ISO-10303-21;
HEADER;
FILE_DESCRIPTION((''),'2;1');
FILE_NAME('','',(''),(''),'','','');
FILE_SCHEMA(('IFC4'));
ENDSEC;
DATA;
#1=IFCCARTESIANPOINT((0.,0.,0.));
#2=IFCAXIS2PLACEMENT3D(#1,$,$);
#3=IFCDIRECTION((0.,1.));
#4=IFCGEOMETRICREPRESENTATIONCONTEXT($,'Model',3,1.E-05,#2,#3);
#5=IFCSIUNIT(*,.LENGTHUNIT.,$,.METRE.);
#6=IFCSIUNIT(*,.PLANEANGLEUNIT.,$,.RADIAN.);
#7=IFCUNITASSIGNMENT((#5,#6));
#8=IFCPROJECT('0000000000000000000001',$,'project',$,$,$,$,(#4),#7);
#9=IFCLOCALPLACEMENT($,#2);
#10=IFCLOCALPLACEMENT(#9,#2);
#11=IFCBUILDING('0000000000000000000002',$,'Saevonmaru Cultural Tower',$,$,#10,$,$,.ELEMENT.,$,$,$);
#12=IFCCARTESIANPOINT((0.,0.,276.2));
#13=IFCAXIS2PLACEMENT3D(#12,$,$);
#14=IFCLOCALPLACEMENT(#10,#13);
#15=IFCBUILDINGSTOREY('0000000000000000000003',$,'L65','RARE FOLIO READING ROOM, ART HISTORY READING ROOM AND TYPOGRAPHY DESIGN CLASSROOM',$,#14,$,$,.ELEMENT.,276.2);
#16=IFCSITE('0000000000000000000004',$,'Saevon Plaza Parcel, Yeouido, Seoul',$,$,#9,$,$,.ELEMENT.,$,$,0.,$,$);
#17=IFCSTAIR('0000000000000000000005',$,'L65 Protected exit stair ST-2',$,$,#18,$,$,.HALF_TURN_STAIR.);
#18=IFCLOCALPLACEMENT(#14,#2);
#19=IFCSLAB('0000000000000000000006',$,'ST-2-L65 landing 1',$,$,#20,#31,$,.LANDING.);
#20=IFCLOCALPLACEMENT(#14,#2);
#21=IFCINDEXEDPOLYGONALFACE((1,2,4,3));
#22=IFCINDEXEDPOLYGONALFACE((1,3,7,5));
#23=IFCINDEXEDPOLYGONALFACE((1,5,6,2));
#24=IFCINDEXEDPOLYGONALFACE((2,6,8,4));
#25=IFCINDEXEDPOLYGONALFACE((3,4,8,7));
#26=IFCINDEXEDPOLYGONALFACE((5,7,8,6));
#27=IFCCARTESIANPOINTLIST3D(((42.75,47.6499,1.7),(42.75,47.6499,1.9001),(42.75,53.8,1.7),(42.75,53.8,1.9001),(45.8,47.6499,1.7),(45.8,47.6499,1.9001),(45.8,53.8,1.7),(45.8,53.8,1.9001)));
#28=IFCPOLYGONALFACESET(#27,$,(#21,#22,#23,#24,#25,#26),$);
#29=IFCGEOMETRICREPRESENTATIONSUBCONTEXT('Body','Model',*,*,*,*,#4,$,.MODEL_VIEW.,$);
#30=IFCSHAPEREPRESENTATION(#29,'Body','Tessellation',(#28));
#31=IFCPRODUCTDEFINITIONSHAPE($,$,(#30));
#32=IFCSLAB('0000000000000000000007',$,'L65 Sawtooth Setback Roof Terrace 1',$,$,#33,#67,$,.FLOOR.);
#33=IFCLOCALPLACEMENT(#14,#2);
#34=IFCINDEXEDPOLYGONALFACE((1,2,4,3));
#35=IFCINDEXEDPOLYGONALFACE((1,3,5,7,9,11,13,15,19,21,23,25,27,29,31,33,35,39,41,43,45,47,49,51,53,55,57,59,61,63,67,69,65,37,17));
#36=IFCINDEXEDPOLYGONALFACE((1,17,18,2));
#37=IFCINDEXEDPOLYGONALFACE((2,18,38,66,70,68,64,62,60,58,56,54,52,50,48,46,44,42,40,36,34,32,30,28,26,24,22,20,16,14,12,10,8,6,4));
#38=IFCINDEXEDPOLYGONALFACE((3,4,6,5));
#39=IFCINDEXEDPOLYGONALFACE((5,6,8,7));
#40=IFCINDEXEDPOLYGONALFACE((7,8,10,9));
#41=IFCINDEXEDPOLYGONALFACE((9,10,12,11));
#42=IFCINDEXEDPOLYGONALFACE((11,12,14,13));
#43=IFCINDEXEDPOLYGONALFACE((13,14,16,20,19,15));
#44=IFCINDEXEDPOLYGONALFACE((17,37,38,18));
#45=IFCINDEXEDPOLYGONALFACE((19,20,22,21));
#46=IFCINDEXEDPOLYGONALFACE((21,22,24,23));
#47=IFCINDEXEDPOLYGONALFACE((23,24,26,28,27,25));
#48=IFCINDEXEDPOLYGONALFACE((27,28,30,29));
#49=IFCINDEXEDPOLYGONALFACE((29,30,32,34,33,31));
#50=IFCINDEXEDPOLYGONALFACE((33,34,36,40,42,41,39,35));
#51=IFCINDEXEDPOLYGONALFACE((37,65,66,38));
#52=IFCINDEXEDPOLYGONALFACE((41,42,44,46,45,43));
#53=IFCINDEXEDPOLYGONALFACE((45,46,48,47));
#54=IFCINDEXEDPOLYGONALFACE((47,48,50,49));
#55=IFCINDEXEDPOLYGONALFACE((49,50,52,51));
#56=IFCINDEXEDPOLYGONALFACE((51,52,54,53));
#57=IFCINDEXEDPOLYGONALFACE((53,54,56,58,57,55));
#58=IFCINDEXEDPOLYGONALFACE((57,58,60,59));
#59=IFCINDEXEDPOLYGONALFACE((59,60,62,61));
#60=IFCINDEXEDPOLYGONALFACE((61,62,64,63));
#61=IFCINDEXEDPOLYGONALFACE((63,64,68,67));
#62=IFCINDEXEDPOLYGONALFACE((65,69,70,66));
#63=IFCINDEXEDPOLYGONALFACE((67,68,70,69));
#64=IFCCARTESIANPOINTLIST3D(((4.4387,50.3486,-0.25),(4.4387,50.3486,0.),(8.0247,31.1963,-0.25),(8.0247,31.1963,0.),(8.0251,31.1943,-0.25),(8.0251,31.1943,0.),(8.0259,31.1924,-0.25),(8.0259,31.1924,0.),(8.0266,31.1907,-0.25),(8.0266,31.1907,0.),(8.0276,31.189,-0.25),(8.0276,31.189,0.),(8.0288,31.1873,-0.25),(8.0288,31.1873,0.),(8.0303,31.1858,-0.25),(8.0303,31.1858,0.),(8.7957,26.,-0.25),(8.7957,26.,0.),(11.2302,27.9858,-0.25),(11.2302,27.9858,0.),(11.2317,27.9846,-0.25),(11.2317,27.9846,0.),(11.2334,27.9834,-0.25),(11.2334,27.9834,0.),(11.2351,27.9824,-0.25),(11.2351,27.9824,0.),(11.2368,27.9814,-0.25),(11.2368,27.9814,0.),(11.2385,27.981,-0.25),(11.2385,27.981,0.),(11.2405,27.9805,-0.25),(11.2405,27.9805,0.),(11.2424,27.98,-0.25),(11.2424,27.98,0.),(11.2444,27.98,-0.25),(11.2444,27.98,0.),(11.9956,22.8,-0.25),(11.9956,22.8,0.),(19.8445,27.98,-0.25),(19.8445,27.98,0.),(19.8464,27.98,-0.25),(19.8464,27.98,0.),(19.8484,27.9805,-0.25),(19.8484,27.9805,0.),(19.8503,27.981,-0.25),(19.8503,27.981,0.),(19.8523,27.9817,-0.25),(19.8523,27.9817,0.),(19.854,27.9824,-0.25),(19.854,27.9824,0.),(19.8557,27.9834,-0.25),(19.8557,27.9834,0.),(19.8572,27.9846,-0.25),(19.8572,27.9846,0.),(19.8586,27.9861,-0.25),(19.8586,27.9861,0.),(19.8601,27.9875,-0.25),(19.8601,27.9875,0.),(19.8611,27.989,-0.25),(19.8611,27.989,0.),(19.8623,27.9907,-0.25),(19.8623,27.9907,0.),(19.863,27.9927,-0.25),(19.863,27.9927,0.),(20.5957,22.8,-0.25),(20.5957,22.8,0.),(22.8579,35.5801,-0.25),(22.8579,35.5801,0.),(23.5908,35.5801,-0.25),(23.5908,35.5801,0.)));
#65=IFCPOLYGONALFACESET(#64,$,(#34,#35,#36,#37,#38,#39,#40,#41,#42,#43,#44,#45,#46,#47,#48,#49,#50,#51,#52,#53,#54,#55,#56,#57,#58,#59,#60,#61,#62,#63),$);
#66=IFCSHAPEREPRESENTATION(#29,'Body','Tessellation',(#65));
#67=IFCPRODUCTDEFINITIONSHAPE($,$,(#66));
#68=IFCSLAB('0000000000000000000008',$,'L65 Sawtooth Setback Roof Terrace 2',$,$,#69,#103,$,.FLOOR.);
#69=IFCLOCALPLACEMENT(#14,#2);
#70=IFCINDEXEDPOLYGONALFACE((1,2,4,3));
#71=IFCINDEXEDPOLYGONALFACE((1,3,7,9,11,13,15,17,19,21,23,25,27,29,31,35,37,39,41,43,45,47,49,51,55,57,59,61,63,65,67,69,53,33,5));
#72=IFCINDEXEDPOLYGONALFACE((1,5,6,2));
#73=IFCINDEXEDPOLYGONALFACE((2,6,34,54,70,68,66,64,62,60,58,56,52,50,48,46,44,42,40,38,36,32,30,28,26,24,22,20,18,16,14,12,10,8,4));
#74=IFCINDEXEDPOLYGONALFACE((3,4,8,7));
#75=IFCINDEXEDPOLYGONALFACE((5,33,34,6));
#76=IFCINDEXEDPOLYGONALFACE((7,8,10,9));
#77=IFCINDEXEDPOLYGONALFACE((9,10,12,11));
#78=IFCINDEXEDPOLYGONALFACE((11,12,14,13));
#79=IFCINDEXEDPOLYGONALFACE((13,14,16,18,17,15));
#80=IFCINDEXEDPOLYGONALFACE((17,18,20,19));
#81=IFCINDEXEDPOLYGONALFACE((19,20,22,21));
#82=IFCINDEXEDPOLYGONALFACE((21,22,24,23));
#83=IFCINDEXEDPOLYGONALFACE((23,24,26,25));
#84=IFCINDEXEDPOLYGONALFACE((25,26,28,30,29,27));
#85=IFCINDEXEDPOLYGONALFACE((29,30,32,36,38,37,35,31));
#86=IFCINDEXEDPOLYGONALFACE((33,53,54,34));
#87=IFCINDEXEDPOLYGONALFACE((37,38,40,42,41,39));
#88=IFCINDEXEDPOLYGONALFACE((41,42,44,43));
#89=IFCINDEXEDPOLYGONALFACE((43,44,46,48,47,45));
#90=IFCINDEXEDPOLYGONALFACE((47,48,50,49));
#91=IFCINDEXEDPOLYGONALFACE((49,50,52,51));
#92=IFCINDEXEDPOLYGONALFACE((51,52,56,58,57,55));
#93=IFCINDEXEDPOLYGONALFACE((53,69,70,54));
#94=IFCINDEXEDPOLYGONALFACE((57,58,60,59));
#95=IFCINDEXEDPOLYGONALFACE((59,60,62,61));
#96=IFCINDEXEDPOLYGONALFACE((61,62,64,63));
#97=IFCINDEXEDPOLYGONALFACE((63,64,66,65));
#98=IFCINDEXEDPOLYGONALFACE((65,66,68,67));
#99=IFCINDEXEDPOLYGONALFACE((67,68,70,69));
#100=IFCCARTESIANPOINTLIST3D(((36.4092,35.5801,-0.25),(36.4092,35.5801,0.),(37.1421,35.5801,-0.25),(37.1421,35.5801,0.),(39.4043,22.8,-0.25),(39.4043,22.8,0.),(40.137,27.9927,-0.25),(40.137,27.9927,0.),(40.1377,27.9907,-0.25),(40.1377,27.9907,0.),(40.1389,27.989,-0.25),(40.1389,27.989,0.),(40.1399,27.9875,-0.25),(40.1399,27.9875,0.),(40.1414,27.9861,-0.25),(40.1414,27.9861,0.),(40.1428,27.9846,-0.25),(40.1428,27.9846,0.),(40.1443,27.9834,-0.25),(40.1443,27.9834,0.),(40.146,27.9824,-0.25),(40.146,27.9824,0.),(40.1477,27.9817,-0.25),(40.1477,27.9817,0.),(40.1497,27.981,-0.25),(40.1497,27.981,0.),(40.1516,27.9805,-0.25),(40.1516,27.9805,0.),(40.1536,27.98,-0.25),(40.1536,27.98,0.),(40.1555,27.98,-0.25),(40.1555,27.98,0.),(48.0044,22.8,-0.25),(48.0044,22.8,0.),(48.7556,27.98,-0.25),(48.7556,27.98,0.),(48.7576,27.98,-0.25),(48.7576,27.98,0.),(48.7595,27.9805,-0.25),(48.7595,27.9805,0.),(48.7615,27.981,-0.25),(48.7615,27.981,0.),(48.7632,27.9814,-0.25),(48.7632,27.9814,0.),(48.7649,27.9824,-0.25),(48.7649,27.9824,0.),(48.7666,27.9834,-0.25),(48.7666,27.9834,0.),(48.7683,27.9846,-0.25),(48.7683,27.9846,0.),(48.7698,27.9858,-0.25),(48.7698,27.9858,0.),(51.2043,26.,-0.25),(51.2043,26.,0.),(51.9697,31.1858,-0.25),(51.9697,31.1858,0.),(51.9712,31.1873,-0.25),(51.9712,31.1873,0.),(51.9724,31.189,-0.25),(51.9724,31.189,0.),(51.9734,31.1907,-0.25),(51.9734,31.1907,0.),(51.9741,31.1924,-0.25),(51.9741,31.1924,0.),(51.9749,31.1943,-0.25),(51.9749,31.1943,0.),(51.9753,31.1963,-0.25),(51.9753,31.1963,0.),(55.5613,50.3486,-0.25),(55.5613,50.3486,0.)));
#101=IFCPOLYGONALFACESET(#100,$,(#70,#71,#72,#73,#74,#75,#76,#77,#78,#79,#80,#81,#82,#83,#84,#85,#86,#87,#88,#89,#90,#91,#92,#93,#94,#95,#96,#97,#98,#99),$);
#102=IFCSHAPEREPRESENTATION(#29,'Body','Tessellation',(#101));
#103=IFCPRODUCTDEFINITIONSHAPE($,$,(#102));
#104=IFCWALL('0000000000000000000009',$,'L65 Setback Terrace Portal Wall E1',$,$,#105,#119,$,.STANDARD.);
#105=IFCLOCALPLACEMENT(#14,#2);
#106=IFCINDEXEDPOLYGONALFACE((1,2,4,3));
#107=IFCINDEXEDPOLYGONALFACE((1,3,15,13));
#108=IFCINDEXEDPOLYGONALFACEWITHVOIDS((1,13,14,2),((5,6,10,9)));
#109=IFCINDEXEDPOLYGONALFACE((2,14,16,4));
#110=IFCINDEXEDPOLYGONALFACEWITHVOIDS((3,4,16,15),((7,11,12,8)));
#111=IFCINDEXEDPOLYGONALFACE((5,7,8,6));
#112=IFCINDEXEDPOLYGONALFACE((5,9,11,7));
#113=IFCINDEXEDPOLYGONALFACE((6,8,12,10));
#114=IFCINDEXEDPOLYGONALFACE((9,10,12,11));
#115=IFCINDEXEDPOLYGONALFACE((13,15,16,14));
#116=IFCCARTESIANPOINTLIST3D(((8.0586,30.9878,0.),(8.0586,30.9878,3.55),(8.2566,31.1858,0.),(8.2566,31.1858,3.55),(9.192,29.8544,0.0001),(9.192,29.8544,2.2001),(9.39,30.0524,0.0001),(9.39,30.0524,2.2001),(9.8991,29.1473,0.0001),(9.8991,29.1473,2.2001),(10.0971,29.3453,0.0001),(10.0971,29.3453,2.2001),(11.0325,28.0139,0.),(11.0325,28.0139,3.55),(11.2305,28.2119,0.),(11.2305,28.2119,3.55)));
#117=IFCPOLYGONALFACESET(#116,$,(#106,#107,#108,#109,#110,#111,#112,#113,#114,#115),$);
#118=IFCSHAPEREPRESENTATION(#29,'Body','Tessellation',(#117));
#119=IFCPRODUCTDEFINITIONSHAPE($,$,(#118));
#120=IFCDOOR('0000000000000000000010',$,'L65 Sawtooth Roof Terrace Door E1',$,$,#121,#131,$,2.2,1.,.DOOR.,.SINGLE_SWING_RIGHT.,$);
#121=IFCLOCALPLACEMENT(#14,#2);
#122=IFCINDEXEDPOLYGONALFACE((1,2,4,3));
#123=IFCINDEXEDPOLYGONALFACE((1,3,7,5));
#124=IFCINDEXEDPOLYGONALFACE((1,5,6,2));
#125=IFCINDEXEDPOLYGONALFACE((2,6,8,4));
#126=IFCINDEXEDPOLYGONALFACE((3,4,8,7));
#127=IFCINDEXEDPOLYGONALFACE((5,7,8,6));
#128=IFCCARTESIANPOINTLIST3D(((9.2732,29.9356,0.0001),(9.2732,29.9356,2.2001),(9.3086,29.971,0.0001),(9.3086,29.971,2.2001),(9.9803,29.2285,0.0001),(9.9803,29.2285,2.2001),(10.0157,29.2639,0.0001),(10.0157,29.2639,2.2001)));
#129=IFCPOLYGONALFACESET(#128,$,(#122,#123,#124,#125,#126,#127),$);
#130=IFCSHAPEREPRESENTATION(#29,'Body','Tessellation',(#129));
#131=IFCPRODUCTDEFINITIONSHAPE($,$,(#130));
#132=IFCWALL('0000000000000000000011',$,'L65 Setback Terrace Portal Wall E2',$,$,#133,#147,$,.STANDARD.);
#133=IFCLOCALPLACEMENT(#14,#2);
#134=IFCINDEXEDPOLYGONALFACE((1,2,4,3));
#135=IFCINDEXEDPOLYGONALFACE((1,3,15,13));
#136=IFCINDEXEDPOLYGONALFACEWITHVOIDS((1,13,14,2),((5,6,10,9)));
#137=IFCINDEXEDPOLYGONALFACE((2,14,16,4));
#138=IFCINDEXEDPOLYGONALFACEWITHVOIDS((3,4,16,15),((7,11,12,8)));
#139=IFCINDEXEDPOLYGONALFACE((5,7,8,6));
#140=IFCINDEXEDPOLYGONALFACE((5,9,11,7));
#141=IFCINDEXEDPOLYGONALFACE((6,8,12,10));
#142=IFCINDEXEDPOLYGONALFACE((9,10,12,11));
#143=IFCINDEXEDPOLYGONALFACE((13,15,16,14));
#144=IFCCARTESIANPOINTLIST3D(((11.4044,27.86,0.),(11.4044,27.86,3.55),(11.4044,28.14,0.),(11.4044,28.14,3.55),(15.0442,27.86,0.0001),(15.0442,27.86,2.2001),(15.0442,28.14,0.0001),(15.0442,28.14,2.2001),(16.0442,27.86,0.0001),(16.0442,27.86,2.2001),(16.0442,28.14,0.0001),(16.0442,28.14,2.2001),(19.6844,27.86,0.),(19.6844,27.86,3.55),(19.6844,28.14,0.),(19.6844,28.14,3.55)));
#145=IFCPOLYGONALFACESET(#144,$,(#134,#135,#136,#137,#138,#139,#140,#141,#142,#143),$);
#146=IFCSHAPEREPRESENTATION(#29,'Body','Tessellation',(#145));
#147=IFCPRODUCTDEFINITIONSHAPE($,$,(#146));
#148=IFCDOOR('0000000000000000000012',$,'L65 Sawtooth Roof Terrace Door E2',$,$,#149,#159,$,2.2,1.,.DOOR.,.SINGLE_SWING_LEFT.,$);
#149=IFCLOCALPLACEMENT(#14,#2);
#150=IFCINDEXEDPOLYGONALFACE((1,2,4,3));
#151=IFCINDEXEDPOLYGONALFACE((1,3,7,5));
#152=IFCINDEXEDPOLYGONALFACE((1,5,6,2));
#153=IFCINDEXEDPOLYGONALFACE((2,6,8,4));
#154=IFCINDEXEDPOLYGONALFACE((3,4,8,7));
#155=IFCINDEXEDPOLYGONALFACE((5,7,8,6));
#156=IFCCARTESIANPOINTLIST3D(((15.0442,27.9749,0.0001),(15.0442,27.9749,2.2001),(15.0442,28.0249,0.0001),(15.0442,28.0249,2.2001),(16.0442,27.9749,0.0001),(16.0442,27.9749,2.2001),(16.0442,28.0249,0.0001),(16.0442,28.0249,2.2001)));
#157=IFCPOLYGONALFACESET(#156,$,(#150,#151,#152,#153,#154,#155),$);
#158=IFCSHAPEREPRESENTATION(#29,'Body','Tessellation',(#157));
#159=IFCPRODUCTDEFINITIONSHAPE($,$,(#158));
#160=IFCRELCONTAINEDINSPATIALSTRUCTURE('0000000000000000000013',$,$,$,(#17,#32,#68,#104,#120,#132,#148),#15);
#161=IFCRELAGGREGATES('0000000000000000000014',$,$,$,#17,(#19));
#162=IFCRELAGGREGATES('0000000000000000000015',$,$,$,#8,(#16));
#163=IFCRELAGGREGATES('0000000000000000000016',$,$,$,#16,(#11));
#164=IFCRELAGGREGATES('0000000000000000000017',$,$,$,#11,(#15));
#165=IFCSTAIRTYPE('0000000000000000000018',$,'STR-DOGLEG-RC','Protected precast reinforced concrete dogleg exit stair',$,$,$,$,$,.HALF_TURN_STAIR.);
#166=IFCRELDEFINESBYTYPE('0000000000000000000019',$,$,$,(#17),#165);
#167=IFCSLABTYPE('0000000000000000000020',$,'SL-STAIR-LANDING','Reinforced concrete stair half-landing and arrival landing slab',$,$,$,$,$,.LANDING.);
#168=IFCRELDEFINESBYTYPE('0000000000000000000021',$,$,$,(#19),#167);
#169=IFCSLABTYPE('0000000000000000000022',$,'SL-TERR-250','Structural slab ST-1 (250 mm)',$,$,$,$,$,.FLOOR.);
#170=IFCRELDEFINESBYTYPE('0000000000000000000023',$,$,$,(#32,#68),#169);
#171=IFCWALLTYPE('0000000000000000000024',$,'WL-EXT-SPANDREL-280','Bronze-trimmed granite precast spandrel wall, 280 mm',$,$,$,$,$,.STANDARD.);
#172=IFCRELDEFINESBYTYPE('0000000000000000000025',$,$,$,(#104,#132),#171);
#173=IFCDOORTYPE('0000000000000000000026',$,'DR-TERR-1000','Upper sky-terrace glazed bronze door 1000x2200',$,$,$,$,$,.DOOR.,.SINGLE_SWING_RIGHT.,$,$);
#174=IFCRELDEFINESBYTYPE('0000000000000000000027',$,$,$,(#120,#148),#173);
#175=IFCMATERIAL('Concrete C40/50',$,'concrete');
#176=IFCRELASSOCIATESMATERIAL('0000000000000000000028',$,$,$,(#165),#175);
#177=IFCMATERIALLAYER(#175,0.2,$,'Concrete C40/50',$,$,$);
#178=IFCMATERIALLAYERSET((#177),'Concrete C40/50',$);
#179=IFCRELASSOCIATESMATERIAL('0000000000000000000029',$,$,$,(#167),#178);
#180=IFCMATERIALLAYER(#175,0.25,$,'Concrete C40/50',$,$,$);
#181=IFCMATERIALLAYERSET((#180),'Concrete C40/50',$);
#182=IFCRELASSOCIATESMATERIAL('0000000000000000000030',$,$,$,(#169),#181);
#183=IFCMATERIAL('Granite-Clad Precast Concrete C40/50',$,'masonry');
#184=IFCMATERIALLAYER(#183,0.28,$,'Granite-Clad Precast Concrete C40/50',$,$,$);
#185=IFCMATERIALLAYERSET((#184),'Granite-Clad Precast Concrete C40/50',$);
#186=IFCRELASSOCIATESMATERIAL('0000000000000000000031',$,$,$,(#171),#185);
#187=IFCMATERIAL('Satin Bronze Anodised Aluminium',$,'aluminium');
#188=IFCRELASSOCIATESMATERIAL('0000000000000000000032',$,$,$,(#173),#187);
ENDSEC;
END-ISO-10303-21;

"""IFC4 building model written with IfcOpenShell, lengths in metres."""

from ifc_helpers import new_model, si_unit, direction, frame, frame_2d, origin, place, context, subcontext, project, spatial, polyline, rectangle, outline, extrude, material, layer, layer_set, type_object, element, fill, aggregate, save


model = new_model("IFC4")

# Units and contexts
model_context = context("Model", 3, precision=1e-05, world=origin(), true_north=direction((0.0, 1.0)))
body_context = subcontext(model_context, "Body", "Model", "MODEL_VIEW")
ifc_project = project(units=[si_unit("LENGTHUNIT", "METRE"), si_unit("PLANEANGLEUNIT", "RADIAN")], contexts=[model_context])

# Site, building, storey
site_placement = place(None, origin())
site = spatial("IfcSite", under=ifc_project, at=site_placement, Name="Saevon Plaza Parcel, Yeouido, Seoul", CompositionType="ELEMENT", RefElevation=0.0)
building_placement = place(site_placement, origin())
building = spatial("IfcBuilding", under=site, at=building_placement, Name="Saevonmaru Cultural Tower", CompositionType="ELEMENT")
storey_placement = place(building_placement, frame((0.0, 0.0, 276.2)))
storey = spatial("IfcBuildingStorey", under=building, at=storey_placement, Name="L65", Description="RARE FOLIO READING ROOM, ART HISTORY READING ROOM AND TYPOGRAPHY DESIGN CLASSROOM", CompositionType="ELEMENT", Elevation=276.2)

# Shared definitions
ifc_material_1 = material(Name="Satin Bronze Anodised Aluminium", Category="aluminium")

# Stair, slab
ifc_material_2 = material(Name="Concrete C40/50", Category="concrete")
stair_type = type_object("IfcStairType", Name="STR-DOGLEG-RC", Description="Protected precast reinforced concrete dogleg exit stair", PredefinedType="HALF_TURN_STAIR", material=ifc_material_2)
ifc_layer_1 = layer(ifc_material_2, 0.2, Name="Concrete C40/50")
ifc_layer_set_1 = layer_set([ifc_layer_1], Name="Concrete C40/50")
slab_type_1 = type_object("IfcSlabType", Name="SL-STAIR-LANDING", Description="Reinforced concrete stair half-landing and arrival landing slab", PredefinedType="LANDING", material=ifc_layer_set_1)
stair_1_placement = place(storey_placement, origin())
stair_1 = element("IfcStair", 1, at=stair_1_placement, inside=storey, type_object=stair_type, Name="L65 Protected exit stair ST-2", PredefinedType="HALF_TURN_STAIR")
slab_1_placement = place(storey_placement, frame((0.0, 0.0, 1.7)))
slab_1 = element("IfcSlab", 2, at=slab_1_placement, type_object=slab_type_1, Name="ST-2-L65 landing 1", PredefinedType="LANDING", context=body_context, shape_type="SweptSolid", body=[
    extrude(outline(polyline([(45.8, 47.6499), (45.8, 53.8), (42.75, 53.8), (42.75, 47.6499), (45.8, 47.6499)])), origin(), (0.0, 0.0, 1.0), 0.2002),
])
aggregate(stair_1, [slab_1])

# Slabs
ifc_layer_2 = layer(ifc_material_2, 0.25, Name="Concrete C40/50")
ifc_layer_set_2 = layer_set([ifc_layer_2], Name="Concrete C40/50")
slab_type_2 = type_object("IfcSlabType", Name="SL-TERR-250", Description="Structural slab ST-1 (250 mm)", PredefinedType="FLOOR", material=ifc_layer_set_2)
slab_2_placement = place(storey_placement, frame((0.0, 0.0, -0.25)))
element("IfcSlab", 3, at=slab_2_placement, inside=storey, type_object=slab_type_2, Name="L65 Sawtooth Setback Roof Terrace 1", PredefinedType="FLOOR", context=body_context, shape_type="SweptSolid", body=[
    extrude(outline(polyline([(23.5908, 35.5801), (22.8579, 35.5801), (19.863, 27.9927), (19.8623, 27.9907), (19.8611, 27.989), (19.8601, 27.9875), (19.8586, 27.9861), (19.8572, 27.9846), (19.8557, 27.9834), (19.854, 27.9824), (19.8523, 27.9817), (19.8503, 27.981), (19.8484, 27.9805), (19.8464, 27.98), (19.8445, 27.98), (11.2444, 27.98), (11.2424, 27.98), (11.2405, 27.9805), (11.2385, 27.981), (11.2368, 27.9814), (11.2351, 27.9824), (11.2334, 27.9834), (11.2317, 27.9846), (11.2302, 27.9858), (8.0303, 31.1858), (8.0288, 31.1873), (8.0276, 31.189), (8.0266, 31.1907), (8.0259, 31.1924), (8.0251, 31.1943), (8.0247, 31.1963), (4.4387, 50.3486), (8.7957, 26.0), (11.9956, 22.8), (20.5957, 22.8), (23.5908, 35.5801)])), origin(), (0.0, 0.0, 1.0), 0.25),
])
slab_3_placement = place(storey_placement, frame((0.0, 0.0, -0.25)))
element("IfcSlab", 4, at=slab_3_placement, inside=storey, type_object=slab_type_2, Name="L65 Sawtooth Setback Roof Terrace 2", PredefinedType="FLOOR", context=body_context, shape_type="SweptSolid", body=[
    extrude(outline(polyline([(55.5613, 50.3486), (51.9753, 31.1963), (51.9749, 31.1943), (51.9741, 31.1924), (51.9734, 31.1907), (51.9724, 31.189), (51.9712, 31.1873), (51.9697, 31.1858), (48.7698, 27.9858), (48.7683, 27.9846), (48.7666, 27.9834), (48.7649, 27.9824), (48.7632, 27.9814), (48.7615, 27.981), (48.7595, 27.9805), (48.7576, 27.98), (48.7556, 27.98), (40.1555, 27.98), (40.1536, 27.98), (40.1516, 27.9805), (40.1497, 27.981), (40.1477, 27.9817), (40.146, 27.9824), (40.1443, 27.9834), (40.1428, 27.9846), (40.1414, 27.9861), (40.1399, 27.9875), (40.1389, 27.989), (40.1377, 27.9907), (40.137, 27.9927), (37.1421, 35.5801), (36.4092, 35.5801), (39.4043, 22.8), (48.0044, 22.8), (51.2043, 26.0), (55.5613, 50.3486)])), origin(), (0.0, 0.0, 1.0), 0.25),
])

# Walls, openings, doors
ifc_material_3 = material(Name="Granite-Clad Precast Concrete C40/50", Category="masonry")
ifc_layer_3 = layer(ifc_material_3, 0.28, Name="Granite-Clad Precast Concrete C40/50")
ifc_layer_set_3 = layer_set([ifc_layer_3], Name="Granite-Clad Precast Concrete C40/50")
wall_type_1 = type_object("IfcWallType", Name="WL-EXT-SPANDREL-280", Description="Bronze-trimmed granite precast spandrel wall, 280 mm", PredefinedType="STANDARD", material=ifc_layer_set_3)
wall_1_placement = place(storey_placement, frame((8.1575, 31.0869, 0.0), z_axis=(0.0, 0.0, 1.0), x_axis=(0.707107, -0.707107, 0.0)))
wall_1 = element("IfcWall", 5, at=wall_1_placement, inside=storey, type_object=wall_type_1, Name="L65 Setback Terrace Portal Wall E1", PredefinedType="STANDARD", context=body_context, shape_type="SweptSolid", body=[
    extrude(rectangle(XDim=4.2058, YDim=0.28, at=frame_2d((2.103, 0.0))), origin(), (0.0, 0.0, 1.0), 3.55),
])
opening_1_placement = place(wall_1_placement, frame((1.603, 0.0, 0.0)))
opening_1 = element("IfcOpeningElement", 6, at=opening_1_placement, cuts=wall_1, PredefinedType="OPENING", context=body_context, shape_type="SweptSolid", body=[
    extrude(rectangle(XDim=1.0, YDim=2.2, at=frame_2d((0.5, 1.1001))), frame((0.0, 0.1499, 0.0), z_axis=(0.0, -1.0, 0.0), x_axis=(1.0, 0.0, 0.0)), (0.0, 0.0, 1.0), 0.3),
])
door_type = type_object("IfcDoorType", Name="DR-TERR-1000", Description="Upper sky-terrace glazed bronze door 1000x2200", OperationType="SINGLE_SWING_RIGHT", PredefinedType="DOOR", material=ifc_material_1)
door_1_placement = place(opening_1_placement, origin())
door_1 = element("IfcDoor", 7, at=door_1_placement, inside=storey, type_object=door_type, Name="L65 Sawtooth Roof Terrace Door E1", OperationType="SINGLE_SWING_RIGHT", OverallHeight=2.2, OverallWidth=1.0, PredefinedType="DOOR", context=body_context, shape_type="SweptSolid", body=[
    extrude(rectangle(XDim=1.0, YDim=2.2, at=frame_2d((0.5, 1.1001))), frame((0.0, 0.0249, 0.0), z_axis=(0.0, -1.0, 0.0), x_axis=(1.0, 0.0, 0.0)), (0.0, 0.0, 1.0), 0.05),
])
fill(opening_1, door_1)
wall_2_placement = place(storey_placement, frame((11.4043, 28.0, 0.0), z_axis=(0.0, 0.0, 1.0), x_axis=(1.0, 0.0, 0.0)))
wall_2 = element("IfcWall", 8, at=wall_2_placement, inside=storey, type_object=wall_type_1, Name="L65 Setback Terrace Portal Wall E2", PredefinedType="STANDARD", context=body_context, shape_type="SweptSolid", body=[
    extrude(rectangle(XDim=8.28, YDim=0.28, at=frame_2d((4.1401, 0.0))), origin(), (0.0, 0.0, 1.0), 3.55),
])
opening_2_placement = place(wall_2_placement, frame((3.6399, 0.0, 0.0)))
opening_2 = element("IfcOpeningElement", 9, at=opening_2_placement, cuts=wall_2, PredefinedType="OPENING", context=body_context, shape_type="SweptSolid", body=[
    extrude(rectangle(XDim=1.0, YDim=2.2, at=frame_2d((0.5, 1.1001))), frame((0.0, 0.1499, 0.0), z_axis=(0.0, -1.0, 0.0), x_axis=(1.0, 0.0, 0.0)), (0.0, 0.0, 1.0), 0.3),
])
door_2_placement = place(opening_2_placement, origin())
door_2 = element("IfcDoor", 10, at=door_2_placement, inside=storey, type_object=door_type, Name="L65 Sawtooth Roof Terrace Door E2", OperationType="SINGLE_SWING_LEFT", OverallHeight=2.2, OverallWidth=1.0, PredefinedType="DOOR", context=body_context, shape_type="SweptSolid", body=[
    extrude(rectangle(XDim=1.0, YDim=2.2, at=frame_2d((0.5, 1.1001))), frame((0.0, 0.0249, 0.0), z_axis=(0.0, -1.0, 0.0), x_axis=(1.0, 0.0, 0.0)), (0.0, 0.0, 1.0), 0.05),
])
fill(opening_2, door_2)

save(model, "model.ifc")
